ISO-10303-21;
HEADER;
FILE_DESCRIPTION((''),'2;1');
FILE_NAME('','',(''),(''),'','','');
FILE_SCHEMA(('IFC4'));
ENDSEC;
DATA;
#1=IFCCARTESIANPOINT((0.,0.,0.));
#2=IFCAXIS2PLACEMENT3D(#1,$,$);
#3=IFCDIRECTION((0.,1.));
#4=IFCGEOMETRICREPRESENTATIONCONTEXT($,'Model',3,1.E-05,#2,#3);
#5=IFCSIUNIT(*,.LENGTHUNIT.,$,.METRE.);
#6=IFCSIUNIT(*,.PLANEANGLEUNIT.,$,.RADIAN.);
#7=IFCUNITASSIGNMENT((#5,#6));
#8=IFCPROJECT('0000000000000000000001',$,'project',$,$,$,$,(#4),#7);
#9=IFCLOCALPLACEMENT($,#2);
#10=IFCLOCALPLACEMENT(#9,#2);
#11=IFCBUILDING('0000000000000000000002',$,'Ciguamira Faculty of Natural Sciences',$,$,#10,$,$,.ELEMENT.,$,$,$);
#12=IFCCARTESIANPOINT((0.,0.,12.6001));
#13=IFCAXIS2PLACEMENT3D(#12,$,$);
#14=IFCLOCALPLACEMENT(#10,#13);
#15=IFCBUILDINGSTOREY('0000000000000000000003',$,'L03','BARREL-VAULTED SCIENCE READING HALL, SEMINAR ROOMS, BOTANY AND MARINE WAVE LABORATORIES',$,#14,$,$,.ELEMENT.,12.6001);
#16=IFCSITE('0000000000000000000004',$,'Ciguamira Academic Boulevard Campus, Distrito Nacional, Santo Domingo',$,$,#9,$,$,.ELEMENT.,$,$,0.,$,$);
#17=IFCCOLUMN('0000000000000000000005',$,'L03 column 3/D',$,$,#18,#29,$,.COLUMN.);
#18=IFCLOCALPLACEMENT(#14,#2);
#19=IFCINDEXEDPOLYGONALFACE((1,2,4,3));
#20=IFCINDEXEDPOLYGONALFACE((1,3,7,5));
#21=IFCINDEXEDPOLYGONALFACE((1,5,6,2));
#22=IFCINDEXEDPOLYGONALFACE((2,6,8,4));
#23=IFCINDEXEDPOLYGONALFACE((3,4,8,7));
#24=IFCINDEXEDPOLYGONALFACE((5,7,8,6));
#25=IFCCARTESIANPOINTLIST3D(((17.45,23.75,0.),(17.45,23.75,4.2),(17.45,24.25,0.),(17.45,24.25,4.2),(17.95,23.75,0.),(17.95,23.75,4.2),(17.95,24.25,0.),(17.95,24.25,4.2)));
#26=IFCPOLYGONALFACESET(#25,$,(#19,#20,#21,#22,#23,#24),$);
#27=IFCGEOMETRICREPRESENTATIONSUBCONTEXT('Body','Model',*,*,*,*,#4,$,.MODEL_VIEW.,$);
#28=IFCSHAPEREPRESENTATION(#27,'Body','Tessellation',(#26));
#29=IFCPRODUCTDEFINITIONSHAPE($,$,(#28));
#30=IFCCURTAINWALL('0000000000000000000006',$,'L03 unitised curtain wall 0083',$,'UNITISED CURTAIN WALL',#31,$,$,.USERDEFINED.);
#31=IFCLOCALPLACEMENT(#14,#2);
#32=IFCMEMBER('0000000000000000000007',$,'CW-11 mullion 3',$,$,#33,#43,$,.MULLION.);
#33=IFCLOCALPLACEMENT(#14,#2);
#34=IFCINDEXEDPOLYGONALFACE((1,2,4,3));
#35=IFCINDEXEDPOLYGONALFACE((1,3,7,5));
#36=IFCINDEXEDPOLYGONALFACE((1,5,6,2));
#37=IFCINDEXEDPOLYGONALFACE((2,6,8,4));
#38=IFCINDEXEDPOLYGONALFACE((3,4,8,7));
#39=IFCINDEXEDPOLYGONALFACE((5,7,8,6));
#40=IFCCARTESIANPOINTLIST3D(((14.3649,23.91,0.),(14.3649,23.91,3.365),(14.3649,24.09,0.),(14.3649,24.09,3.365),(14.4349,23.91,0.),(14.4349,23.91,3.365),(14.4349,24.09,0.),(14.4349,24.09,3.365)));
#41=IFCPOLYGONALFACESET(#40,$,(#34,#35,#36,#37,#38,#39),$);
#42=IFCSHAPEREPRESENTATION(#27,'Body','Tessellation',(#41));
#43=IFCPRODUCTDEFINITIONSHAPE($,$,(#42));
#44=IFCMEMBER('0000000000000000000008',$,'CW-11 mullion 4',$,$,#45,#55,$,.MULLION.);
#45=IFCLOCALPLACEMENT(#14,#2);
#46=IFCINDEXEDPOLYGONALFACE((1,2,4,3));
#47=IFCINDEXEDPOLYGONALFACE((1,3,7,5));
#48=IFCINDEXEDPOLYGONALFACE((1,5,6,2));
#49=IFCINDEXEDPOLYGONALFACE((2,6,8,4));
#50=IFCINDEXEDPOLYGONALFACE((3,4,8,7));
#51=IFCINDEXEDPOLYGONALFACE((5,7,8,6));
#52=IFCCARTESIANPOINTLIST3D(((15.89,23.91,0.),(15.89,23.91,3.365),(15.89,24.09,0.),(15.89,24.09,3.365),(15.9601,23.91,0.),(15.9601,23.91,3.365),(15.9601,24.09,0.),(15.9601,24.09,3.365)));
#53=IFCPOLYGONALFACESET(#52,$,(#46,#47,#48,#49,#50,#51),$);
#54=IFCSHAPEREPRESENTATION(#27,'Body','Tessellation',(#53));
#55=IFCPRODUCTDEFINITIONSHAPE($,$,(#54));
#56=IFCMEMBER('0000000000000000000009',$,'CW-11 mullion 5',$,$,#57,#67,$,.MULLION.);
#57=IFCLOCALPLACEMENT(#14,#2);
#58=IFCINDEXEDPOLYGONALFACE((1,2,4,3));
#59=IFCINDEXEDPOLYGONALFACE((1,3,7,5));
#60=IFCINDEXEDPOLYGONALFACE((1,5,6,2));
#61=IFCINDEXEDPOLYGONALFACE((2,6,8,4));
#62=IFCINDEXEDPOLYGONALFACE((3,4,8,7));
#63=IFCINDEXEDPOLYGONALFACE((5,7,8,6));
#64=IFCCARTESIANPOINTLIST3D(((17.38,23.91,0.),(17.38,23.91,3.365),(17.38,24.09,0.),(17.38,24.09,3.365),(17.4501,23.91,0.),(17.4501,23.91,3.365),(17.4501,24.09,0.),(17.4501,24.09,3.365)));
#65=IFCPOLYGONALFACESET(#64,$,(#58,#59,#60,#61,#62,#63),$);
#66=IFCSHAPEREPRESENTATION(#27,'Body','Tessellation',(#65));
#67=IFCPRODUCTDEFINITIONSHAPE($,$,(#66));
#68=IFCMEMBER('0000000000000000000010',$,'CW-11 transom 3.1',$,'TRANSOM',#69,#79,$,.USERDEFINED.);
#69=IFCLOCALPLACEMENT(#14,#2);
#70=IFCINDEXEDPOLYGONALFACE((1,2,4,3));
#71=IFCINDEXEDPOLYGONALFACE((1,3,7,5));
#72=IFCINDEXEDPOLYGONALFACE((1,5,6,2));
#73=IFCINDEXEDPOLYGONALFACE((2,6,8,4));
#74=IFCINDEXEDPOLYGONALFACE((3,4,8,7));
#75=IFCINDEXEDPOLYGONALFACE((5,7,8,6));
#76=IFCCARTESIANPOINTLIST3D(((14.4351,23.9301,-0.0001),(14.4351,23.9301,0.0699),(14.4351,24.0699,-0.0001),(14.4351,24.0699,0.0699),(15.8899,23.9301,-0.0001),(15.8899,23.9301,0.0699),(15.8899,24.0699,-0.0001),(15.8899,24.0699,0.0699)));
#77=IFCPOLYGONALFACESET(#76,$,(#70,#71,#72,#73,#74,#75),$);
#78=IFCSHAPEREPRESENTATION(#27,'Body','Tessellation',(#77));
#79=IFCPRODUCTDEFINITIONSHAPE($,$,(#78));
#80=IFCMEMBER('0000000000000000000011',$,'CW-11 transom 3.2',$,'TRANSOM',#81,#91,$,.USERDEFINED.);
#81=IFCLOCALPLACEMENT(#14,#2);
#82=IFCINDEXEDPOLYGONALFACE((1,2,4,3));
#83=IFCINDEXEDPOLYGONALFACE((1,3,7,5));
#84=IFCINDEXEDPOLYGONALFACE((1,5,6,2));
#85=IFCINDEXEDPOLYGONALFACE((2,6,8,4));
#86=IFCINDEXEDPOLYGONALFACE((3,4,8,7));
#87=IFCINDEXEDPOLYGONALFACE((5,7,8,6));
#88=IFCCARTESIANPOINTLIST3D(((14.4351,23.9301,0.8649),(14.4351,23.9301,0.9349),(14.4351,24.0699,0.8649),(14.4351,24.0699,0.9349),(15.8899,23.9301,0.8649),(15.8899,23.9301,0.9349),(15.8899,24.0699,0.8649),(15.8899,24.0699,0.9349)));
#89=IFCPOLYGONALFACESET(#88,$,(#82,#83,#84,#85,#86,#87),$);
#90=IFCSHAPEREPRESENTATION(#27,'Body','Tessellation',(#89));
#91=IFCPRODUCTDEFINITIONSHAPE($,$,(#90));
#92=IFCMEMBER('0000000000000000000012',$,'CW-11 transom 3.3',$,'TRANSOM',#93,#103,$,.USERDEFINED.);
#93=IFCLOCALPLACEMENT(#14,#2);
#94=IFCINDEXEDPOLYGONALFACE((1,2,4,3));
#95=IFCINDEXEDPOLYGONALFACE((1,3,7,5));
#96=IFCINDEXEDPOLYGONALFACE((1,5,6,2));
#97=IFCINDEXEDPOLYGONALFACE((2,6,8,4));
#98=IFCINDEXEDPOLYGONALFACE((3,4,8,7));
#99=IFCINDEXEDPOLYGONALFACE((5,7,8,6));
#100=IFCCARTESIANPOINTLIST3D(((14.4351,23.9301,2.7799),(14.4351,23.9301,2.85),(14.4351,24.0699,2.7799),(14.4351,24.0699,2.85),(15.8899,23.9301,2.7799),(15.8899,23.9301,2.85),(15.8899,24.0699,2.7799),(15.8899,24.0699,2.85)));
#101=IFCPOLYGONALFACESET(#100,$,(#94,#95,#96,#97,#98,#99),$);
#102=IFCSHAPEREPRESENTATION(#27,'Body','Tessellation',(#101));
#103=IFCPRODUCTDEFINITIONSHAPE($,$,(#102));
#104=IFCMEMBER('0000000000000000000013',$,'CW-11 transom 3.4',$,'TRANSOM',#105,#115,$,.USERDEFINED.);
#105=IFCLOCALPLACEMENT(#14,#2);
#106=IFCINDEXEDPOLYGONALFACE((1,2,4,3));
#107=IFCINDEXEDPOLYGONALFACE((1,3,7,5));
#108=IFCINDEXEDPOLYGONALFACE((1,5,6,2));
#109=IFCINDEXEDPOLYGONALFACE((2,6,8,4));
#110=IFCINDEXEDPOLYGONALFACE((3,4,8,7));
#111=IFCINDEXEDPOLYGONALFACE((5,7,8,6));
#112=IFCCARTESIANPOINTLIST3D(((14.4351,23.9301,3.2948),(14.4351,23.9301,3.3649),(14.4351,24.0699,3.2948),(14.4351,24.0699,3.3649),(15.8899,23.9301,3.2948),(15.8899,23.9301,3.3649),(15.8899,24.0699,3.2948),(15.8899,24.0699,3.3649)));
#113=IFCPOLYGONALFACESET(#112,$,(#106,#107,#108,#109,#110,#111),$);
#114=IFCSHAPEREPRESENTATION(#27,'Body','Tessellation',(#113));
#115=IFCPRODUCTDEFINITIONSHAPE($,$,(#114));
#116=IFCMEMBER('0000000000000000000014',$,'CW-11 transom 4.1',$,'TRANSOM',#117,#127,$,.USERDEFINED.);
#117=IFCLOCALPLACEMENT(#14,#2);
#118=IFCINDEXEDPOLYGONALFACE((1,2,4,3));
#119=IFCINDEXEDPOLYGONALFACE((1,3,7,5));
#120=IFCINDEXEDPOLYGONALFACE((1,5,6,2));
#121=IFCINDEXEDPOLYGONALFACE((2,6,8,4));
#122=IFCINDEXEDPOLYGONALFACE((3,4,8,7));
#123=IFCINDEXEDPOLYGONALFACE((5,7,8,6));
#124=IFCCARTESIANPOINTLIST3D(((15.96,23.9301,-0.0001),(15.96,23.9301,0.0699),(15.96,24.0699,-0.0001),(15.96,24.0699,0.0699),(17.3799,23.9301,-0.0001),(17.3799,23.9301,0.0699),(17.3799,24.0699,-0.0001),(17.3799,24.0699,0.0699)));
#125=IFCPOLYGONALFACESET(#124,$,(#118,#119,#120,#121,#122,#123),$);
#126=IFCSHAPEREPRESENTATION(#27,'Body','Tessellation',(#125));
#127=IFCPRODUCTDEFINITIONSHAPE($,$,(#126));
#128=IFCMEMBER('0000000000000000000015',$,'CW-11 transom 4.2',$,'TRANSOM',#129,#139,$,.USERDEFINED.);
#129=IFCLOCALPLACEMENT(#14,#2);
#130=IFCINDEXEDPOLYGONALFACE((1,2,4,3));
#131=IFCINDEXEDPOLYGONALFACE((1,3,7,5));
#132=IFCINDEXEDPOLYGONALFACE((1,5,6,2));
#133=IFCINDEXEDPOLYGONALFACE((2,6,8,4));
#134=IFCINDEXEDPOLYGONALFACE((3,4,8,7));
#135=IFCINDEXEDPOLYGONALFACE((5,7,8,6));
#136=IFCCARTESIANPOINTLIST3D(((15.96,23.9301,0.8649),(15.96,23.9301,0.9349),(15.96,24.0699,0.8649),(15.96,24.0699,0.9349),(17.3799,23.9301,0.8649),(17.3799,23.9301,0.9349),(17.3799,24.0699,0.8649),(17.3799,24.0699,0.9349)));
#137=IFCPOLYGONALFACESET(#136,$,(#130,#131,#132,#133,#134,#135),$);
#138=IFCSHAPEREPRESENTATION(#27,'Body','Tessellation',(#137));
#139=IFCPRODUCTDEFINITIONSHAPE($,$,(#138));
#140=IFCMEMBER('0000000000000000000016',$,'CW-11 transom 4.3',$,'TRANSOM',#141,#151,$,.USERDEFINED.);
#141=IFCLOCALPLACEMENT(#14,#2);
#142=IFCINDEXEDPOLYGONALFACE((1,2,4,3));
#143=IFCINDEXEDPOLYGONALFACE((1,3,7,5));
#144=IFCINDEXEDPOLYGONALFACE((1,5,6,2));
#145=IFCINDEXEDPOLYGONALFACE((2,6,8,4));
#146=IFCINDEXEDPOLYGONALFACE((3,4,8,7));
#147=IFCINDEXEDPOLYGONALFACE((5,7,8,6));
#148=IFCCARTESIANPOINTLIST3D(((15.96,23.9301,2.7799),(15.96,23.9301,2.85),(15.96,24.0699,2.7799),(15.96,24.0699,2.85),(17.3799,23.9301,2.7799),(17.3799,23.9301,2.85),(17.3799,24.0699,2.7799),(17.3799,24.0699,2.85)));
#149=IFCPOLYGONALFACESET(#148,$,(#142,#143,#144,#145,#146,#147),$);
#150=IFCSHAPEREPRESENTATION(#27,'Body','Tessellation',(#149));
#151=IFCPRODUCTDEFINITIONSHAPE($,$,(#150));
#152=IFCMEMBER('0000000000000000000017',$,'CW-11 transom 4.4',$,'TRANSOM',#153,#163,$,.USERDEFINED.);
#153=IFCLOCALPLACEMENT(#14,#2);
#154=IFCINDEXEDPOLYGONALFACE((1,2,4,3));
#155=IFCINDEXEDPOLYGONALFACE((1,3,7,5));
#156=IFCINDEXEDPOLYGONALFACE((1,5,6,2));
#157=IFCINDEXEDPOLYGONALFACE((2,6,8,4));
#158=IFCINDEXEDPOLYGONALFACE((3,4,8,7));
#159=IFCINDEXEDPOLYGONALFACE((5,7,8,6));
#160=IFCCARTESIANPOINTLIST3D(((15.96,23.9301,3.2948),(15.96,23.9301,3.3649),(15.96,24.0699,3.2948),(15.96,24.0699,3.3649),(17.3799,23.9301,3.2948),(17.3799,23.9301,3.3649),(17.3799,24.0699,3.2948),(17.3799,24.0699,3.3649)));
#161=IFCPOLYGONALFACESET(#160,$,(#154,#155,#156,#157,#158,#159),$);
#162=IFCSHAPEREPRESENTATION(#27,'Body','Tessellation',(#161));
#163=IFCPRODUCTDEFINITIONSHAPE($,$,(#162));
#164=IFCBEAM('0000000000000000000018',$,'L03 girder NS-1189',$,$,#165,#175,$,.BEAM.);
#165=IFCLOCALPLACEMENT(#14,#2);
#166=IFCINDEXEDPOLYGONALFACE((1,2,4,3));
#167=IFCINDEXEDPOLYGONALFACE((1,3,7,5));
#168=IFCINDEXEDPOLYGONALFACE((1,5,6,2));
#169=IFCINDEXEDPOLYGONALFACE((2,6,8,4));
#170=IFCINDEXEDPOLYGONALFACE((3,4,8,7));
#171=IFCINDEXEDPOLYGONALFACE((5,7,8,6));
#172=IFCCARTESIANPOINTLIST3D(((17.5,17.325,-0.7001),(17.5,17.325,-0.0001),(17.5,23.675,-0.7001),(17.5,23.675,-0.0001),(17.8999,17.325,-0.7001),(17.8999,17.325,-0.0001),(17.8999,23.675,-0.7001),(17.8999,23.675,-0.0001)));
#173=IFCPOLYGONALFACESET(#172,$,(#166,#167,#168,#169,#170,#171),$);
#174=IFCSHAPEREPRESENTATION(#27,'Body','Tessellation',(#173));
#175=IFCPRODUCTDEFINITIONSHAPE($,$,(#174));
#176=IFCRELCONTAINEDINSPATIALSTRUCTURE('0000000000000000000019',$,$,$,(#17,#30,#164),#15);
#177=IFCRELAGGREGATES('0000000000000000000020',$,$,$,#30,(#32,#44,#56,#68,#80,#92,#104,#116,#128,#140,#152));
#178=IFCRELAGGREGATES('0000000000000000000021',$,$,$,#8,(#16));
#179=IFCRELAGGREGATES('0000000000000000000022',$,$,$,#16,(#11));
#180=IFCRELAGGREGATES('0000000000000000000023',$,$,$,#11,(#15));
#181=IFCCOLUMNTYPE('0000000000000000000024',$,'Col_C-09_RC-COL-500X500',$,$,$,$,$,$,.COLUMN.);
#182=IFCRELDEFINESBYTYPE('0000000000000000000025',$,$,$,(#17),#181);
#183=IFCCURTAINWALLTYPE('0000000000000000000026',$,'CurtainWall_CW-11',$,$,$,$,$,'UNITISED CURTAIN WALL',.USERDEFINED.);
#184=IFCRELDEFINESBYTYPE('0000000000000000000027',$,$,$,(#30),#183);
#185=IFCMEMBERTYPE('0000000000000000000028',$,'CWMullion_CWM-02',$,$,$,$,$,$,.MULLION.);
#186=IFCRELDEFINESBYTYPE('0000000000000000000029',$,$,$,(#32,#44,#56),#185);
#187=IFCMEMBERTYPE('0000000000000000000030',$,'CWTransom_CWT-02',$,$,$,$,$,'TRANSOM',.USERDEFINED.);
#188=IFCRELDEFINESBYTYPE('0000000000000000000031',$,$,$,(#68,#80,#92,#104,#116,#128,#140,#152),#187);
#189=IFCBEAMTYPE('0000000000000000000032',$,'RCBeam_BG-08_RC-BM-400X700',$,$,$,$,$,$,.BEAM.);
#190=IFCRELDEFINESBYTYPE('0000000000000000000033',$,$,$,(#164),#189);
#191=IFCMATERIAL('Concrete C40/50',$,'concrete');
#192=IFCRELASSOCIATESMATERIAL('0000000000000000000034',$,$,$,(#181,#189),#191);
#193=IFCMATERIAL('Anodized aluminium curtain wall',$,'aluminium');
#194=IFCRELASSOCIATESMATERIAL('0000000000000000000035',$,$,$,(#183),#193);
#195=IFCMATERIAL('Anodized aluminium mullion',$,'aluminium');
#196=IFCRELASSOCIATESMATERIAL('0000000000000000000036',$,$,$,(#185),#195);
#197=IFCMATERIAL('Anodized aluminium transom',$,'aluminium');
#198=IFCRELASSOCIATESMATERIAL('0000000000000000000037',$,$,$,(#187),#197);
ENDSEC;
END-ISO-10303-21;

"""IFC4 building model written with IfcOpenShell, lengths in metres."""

from ifc_helpers import new_model, si_unit, direction, frame, origin, origin_2d, place, context, subcontext, project, spatial, rectangle, extrude, material, material_profile, profile_set, type_object, element, aggregate, save


model = new_model("IFC4")

# Units and contexts
model_context = context("Model", 3, precision=1e-05, world=origin(), true_north=direction((0.0, 1.0)))
body_context = subcontext(model_context, "Body", "Model", "MODEL_VIEW")
ifc_project = project(units=[si_unit("LENGTHUNIT", "METRE"), si_unit("PLANEANGLEUNIT", "RADIAN")], contexts=[model_context])

# Site, building, storey
site_placement = place(None, origin())
site = spatial("IfcSite", under=ifc_project, at=site_placement, Name="Ciguamira Academic Boulevard Campus, Distrito Nacional, Santo Domingo", CompositionType="ELEMENT", RefElevation=0.0)
building_placement = place(site_placement, origin())
building = spatial("IfcBuilding", under=site, at=building_placement, Name="Ciguamira Faculty of Natural Sciences", CompositionType="ELEMENT")
storey_placement = place(building_placement, frame((0.0, 0.0, 12.6001)))
storey = spatial("IfcBuildingStorey", under=building, at=storey_placement, Name="L03", Description="BARREL-VAULTED SCIENCE READING HALL, SEMINAR ROOMS, BOTANY AND MARINE WAVE LABORATORIES", CompositionType="ELEMENT", Elevation=12.6001)

# Column
ifc_material_1 = material(Name="Concrete C40/50", Category="concrete")
ifc_material_profile_1 = material_profile(ifc_material_1, rectangle(XDim=0.5, YDim=0.5, at=origin_2d()), Name="RC-COL-500X500")
ifc_profile_set_1 = profile_set([ifc_material_profile_1], Name="Concrete C40/50")
column_type = type_object("IfcColumnType", Name="Col_C-09_RC-COL-500X500", PredefinedType="COLUMN", material=ifc_profile_set_1)
column_placement = place(storey_placement, frame((17.7, 24.0, 0.0), z_axis=(0.0, 0.0, 1.0), x_axis=(1.0, 0.0, 0.0)))
element("IfcColumn", 1, at=column_placement, inside=storey, type_object=column_type, Name="L03 column 3/D", PredefinedType="COLUMN", context=body_context, shape_type="SweptSolid", body=[
    extrude(rectangle(XDim=0.5, YDim=0.5, at=origin_2d()), origin(), (0.0, 0.0, 1.0), 4.2),
])

# Curtain wall, members
ifc_material_2 = material(Name="Anodized aluminium curtain wall", Category="aluminium")
curtain_wall_type = type_object("IfcCurtainWallType", Name="CurtainWall_CW-11", ElementType="UNITISED CURTAIN WALL", PredefinedType="USERDEFINED", material=ifc_material_2)
curtain_wall_placement = place(storey_placement, origin())
curtain_wall = element("IfcCurtainWall", 2, at=curtain_wall_placement, inside=storey, type_object=curtain_wall_type, Name="L03 unitised curtain wall 0083", ObjectType="UNITISED CURTAIN WALL", PredefinedType="USERDEFINED")
ifc_material_3 = material(Name="Anodized aluminium mullion", Category="aluminium")
ifc_material_profile_2 = material_profile(ifc_material_3, rectangle(XDim=0.0701, YDim=0.1799, at=origin_2d()), Name="ALU-MUL-70X180")
ifc_profile_set_2 = profile_set([ifc_material_profile_2], Name="Anodized aluminium mullion")
member_type_1 = type_object("IfcMemberType", Name="CWMullion_CWM-02", PredefinedType="MULLION", material=ifc_profile_set_2)
member_1_placement = place(storey_placement, frame((14.3999, 24.0, 0.0), z_axis=(0.0, 0.0, 1.0), x_axis=(1.0, 0.0, 0.0)))
member_1 = element("IfcMember", 3, at=member_1_placement, type_object=member_type_1, Name="CW-11 mullion 3", PredefinedType="MULLION", context=body_context, shape_type="SweptSolid", body=[
    extrude(rectangle(XDim=0.0701, YDim=0.1799, at=origin_2d()), origin(), (0.0, 0.0, 1.0), 3.365),
])
member_2_placement = place(storey_placement, frame((15.925, 24.0, 0.0), z_axis=(0.0, 0.0, 1.0), x_axis=(1.0, 0.0, 0.0)))
member_2 = element("IfcMember", 4, at=member_2_placement, type_object=member_type_1, Name="CW-11 mullion 4", PredefinedType="MULLION", context=body_context, shape_type="SweptSolid", body=[
    extrude(rectangle(XDim=0.0701, YDim=0.1799, at=origin_2d()), origin(), (0.0, 0.0, 1.0), 3.365),
])
member_3_placement = place(storey_placement, frame((17.415, 24.0, 0.0), z_axis=(0.0, 0.0, 1.0), x_axis=(1.0, 0.0, 0.0)))
member_3 = element("IfcMember", 5, at=member_3_placement, type_object=member_type_1, Name="CW-11 mullion 5", PredefinedType="MULLION", context=body_context, shape_type="SweptSolid", body=[
    extrude(rectangle(XDim=0.0701, YDim=0.1799, at=origin_2d()), origin(), (0.0, 0.0, 1.0), 3.365),
])
ifc_material_4 = material(Name="Anodized aluminium transom", Category="aluminium")
ifc_material_profile_3 = material_profile(ifc_material_4, rectangle(XDim=0.0701, YDim=0.1399, at=origin_2d()), Name="ALU-TRN-70X140")
ifc_profile_set_3 = profile_set([ifc_material_profile_3], Name="Anodized aluminium transom")
member_type_2 = type_object("IfcMemberType", Name="CWTransom_CWT-02", ElementType="TRANSOM", PredefinedType="USERDEFINED", material=ifc_profile_set_3)
member_4_placement = place(storey_placement, frame((14.4351, 24.0, 0.0349), z_axis=(1.0, 0.0, 0.0), x_axis=(0.0, 0.0, 1.0)))
member_4 = element("IfcMember", 6, at=member_4_placement, type_object=member_type_2, Name="CW-11 transom 3.1", ObjectType="TRANSOM", PredefinedType="USERDEFINED", context=body_context, shape_type="SweptSolid", body=[
    extrude(rectangle(XDim=0.0701, YDim=0.1399, at=origin_2d()), origin(), (0.0, 0.0, 1.0), 1.4548),
])
member_5_placement = place(storey_placement, frame((14.4351, 24.0, 0.8999), z_axis=(1.0, 0.0, 0.0), x_axis=(0.0, 0.0, 1.0)))
member_5 = element("IfcMember", 7, at=member_5_placement, type_object=member_type_2, Name="CW-11 transom 3.2", ObjectType="TRANSOM", PredefinedType="USERDEFINED", context=body_context, shape_type="SweptSolid", body=[
    extrude(rectangle(XDim=0.0701, YDim=0.1399, at=origin_2d()), origin(), (0.0, 0.0, 1.0), 1.4548),
])
member_6_placement = place(storey_placement, frame((14.4351, 24.0, 2.8149), z_axis=(1.0, 0.0, 0.0), x_axis=(0.0, 0.0, 1.0)))
member_6 = element("IfcMember", 8, at=member_6_placement, type_object=member_type_2, Name="CW-11 transom 3.3", ObjectType="TRANSOM", PredefinedType="USERDEFINED", context=body_context, shape_type="SweptSolid", body=[
    extrude(rectangle(XDim=0.0701, YDim=0.1399, at=origin_2d()), origin(), (0.0, 0.0, 1.0), 1.4548),
])
member_7_placement = place(storey_placement, frame((14.4351, 24.0, 3.3298), z_axis=(1.0, 0.0, 0.0), x_axis=(0.0, 0.0, 1.0)))
member_7 = element("IfcMember", 9, at=member_7_placement, type_object=member_type_2, Name="CW-11 transom 3.4", ObjectType="TRANSOM", PredefinedType="USERDEFINED", context=body_context, shape_type="SweptSolid", body=[
    extrude(rectangle(XDim=0.0701, YDim=0.1399, at=origin_2d()), origin(), (0.0, 0.0, 1.0), 1.4548),
])
member_8_placement = place(storey_placement, frame((15.96, 24.0, 0.0349), z_axis=(1.0, 0.0, 0.0), x_axis=(0.0, 0.0, 1.0)))
member_8 = element("IfcMember", 10, at=member_8_placement, type_object=member_type_2, Name="CW-11 transom 4.1", ObjectType="TRANSOM", PredefinedType="USERDEFINED", context=body_context, shape_type="SweptSolid", body=[
    extrude(rectangle(XDim=0.0701, YDim=0.1399, at=origin_2d()), origin(), (0.0, 0.0, 1.0), 1.4199),
])
member_9_placement = place(storey_placement, frame((15.96, 24.0, 0.8999), z_axis=(1.0, 0.0, 0.0), x_axis=(0.0, 0.0, 1.0)))
member_9 = element("IfcMember", 11, at=member_9_placement, type_object=member_type_2, Name="CW-11 transom 4.2", ObjectType="TRANSOM", PredefinedType="USERDEFINED", context=body_context, shape_type="SweptSolid", body=[
    extrude(rectangle(XDim=0.0701, YDim=0.1399, at=origin_2d()), origin(), (0.0, 0.0, 1.0), 1.4199),
])
member_10_placement = place(storey_placement, frame((15.96, 24.0, 2.8149), z_axis=(1.0, 0.0, 0.0), x_axis=(0.0, 0.0, 1.0)))
member_10 = element("IfcMember", 12, at=member_10_placement, type_object=member_type_2, Name="CW-11 transom 4.3", ObjectType="TRANSOM", PredefinedType="USERDEFINED", context=body_context, shape_type="SweptSolid", body=[
    extrude(rectangle(XDim=0.0701, YDim=0.1399, at=origin_2d()), origin(), (0.0, 0.0, 1.0), 1.4199),
])
member_11_placement = place(storey_placement, frame((15.96, 24.0, 3.3298), z_axis=(1.0, 0.0, 0.0), x_axis=(0.0, 0.0, 1.0)))
member_11 = element("IfcMember", 13, at=member_11_placement, type_object=member_type_2, Name="CW-11 transom 4.4", ObjectType="TRANSOM", PredefinedType="USERDEFINED", context=body_context, shape_type="SweptSolid", body=[
    extrude(rectangle(XDim=0.0701, YDim=0.1399, at=origin_2d()), origin(), (0.0, 0.0, 1.0), 1.4199),
])

# Beam
ifc_material_profile_4 = material_profile(ifc_material_1, rectangle(XDim=0.3999, YDim=0.7, at=origin_2d()), Name="RC-BM-400X700")
ifc_profile_set_4 = profile_set([ifc_material_profile_4], Name="Concrete C40/50")
beam_type_1 = type_object("IfcBeamType", Name="RCBeam_BG-08_RC-BM-400X700", PredefinedType="BEAM", material=ifc_profile_set_4)
beam_1_placement = place(storey_placement, frame((17.7, 17.325, -0.3501), z_axis=(0.0, 1.0, 0.0), x_axis=(-1.0, 0.0, 0.0)))
element("IfcBeam", 14, at=beam_1_placement, inside=storey, type_object=beam_type_1, Name="L03 girder NS-1189", PredefinedType="BEAM", context=body_context, shape_type="SweptSolid", body=[
    extrude(rectangle(XDim=0.3999, YDim=0.7, at=origin_2d()), origin(), (0.0, 0.0, 1.0), 6.3501),
])

aggregate(curtain_wall, [member_1, member_2, member_3, member_4, member_5, member_6, member_7, member_8, member_9, member_10, member_11])

save(model, "model.ifc")
